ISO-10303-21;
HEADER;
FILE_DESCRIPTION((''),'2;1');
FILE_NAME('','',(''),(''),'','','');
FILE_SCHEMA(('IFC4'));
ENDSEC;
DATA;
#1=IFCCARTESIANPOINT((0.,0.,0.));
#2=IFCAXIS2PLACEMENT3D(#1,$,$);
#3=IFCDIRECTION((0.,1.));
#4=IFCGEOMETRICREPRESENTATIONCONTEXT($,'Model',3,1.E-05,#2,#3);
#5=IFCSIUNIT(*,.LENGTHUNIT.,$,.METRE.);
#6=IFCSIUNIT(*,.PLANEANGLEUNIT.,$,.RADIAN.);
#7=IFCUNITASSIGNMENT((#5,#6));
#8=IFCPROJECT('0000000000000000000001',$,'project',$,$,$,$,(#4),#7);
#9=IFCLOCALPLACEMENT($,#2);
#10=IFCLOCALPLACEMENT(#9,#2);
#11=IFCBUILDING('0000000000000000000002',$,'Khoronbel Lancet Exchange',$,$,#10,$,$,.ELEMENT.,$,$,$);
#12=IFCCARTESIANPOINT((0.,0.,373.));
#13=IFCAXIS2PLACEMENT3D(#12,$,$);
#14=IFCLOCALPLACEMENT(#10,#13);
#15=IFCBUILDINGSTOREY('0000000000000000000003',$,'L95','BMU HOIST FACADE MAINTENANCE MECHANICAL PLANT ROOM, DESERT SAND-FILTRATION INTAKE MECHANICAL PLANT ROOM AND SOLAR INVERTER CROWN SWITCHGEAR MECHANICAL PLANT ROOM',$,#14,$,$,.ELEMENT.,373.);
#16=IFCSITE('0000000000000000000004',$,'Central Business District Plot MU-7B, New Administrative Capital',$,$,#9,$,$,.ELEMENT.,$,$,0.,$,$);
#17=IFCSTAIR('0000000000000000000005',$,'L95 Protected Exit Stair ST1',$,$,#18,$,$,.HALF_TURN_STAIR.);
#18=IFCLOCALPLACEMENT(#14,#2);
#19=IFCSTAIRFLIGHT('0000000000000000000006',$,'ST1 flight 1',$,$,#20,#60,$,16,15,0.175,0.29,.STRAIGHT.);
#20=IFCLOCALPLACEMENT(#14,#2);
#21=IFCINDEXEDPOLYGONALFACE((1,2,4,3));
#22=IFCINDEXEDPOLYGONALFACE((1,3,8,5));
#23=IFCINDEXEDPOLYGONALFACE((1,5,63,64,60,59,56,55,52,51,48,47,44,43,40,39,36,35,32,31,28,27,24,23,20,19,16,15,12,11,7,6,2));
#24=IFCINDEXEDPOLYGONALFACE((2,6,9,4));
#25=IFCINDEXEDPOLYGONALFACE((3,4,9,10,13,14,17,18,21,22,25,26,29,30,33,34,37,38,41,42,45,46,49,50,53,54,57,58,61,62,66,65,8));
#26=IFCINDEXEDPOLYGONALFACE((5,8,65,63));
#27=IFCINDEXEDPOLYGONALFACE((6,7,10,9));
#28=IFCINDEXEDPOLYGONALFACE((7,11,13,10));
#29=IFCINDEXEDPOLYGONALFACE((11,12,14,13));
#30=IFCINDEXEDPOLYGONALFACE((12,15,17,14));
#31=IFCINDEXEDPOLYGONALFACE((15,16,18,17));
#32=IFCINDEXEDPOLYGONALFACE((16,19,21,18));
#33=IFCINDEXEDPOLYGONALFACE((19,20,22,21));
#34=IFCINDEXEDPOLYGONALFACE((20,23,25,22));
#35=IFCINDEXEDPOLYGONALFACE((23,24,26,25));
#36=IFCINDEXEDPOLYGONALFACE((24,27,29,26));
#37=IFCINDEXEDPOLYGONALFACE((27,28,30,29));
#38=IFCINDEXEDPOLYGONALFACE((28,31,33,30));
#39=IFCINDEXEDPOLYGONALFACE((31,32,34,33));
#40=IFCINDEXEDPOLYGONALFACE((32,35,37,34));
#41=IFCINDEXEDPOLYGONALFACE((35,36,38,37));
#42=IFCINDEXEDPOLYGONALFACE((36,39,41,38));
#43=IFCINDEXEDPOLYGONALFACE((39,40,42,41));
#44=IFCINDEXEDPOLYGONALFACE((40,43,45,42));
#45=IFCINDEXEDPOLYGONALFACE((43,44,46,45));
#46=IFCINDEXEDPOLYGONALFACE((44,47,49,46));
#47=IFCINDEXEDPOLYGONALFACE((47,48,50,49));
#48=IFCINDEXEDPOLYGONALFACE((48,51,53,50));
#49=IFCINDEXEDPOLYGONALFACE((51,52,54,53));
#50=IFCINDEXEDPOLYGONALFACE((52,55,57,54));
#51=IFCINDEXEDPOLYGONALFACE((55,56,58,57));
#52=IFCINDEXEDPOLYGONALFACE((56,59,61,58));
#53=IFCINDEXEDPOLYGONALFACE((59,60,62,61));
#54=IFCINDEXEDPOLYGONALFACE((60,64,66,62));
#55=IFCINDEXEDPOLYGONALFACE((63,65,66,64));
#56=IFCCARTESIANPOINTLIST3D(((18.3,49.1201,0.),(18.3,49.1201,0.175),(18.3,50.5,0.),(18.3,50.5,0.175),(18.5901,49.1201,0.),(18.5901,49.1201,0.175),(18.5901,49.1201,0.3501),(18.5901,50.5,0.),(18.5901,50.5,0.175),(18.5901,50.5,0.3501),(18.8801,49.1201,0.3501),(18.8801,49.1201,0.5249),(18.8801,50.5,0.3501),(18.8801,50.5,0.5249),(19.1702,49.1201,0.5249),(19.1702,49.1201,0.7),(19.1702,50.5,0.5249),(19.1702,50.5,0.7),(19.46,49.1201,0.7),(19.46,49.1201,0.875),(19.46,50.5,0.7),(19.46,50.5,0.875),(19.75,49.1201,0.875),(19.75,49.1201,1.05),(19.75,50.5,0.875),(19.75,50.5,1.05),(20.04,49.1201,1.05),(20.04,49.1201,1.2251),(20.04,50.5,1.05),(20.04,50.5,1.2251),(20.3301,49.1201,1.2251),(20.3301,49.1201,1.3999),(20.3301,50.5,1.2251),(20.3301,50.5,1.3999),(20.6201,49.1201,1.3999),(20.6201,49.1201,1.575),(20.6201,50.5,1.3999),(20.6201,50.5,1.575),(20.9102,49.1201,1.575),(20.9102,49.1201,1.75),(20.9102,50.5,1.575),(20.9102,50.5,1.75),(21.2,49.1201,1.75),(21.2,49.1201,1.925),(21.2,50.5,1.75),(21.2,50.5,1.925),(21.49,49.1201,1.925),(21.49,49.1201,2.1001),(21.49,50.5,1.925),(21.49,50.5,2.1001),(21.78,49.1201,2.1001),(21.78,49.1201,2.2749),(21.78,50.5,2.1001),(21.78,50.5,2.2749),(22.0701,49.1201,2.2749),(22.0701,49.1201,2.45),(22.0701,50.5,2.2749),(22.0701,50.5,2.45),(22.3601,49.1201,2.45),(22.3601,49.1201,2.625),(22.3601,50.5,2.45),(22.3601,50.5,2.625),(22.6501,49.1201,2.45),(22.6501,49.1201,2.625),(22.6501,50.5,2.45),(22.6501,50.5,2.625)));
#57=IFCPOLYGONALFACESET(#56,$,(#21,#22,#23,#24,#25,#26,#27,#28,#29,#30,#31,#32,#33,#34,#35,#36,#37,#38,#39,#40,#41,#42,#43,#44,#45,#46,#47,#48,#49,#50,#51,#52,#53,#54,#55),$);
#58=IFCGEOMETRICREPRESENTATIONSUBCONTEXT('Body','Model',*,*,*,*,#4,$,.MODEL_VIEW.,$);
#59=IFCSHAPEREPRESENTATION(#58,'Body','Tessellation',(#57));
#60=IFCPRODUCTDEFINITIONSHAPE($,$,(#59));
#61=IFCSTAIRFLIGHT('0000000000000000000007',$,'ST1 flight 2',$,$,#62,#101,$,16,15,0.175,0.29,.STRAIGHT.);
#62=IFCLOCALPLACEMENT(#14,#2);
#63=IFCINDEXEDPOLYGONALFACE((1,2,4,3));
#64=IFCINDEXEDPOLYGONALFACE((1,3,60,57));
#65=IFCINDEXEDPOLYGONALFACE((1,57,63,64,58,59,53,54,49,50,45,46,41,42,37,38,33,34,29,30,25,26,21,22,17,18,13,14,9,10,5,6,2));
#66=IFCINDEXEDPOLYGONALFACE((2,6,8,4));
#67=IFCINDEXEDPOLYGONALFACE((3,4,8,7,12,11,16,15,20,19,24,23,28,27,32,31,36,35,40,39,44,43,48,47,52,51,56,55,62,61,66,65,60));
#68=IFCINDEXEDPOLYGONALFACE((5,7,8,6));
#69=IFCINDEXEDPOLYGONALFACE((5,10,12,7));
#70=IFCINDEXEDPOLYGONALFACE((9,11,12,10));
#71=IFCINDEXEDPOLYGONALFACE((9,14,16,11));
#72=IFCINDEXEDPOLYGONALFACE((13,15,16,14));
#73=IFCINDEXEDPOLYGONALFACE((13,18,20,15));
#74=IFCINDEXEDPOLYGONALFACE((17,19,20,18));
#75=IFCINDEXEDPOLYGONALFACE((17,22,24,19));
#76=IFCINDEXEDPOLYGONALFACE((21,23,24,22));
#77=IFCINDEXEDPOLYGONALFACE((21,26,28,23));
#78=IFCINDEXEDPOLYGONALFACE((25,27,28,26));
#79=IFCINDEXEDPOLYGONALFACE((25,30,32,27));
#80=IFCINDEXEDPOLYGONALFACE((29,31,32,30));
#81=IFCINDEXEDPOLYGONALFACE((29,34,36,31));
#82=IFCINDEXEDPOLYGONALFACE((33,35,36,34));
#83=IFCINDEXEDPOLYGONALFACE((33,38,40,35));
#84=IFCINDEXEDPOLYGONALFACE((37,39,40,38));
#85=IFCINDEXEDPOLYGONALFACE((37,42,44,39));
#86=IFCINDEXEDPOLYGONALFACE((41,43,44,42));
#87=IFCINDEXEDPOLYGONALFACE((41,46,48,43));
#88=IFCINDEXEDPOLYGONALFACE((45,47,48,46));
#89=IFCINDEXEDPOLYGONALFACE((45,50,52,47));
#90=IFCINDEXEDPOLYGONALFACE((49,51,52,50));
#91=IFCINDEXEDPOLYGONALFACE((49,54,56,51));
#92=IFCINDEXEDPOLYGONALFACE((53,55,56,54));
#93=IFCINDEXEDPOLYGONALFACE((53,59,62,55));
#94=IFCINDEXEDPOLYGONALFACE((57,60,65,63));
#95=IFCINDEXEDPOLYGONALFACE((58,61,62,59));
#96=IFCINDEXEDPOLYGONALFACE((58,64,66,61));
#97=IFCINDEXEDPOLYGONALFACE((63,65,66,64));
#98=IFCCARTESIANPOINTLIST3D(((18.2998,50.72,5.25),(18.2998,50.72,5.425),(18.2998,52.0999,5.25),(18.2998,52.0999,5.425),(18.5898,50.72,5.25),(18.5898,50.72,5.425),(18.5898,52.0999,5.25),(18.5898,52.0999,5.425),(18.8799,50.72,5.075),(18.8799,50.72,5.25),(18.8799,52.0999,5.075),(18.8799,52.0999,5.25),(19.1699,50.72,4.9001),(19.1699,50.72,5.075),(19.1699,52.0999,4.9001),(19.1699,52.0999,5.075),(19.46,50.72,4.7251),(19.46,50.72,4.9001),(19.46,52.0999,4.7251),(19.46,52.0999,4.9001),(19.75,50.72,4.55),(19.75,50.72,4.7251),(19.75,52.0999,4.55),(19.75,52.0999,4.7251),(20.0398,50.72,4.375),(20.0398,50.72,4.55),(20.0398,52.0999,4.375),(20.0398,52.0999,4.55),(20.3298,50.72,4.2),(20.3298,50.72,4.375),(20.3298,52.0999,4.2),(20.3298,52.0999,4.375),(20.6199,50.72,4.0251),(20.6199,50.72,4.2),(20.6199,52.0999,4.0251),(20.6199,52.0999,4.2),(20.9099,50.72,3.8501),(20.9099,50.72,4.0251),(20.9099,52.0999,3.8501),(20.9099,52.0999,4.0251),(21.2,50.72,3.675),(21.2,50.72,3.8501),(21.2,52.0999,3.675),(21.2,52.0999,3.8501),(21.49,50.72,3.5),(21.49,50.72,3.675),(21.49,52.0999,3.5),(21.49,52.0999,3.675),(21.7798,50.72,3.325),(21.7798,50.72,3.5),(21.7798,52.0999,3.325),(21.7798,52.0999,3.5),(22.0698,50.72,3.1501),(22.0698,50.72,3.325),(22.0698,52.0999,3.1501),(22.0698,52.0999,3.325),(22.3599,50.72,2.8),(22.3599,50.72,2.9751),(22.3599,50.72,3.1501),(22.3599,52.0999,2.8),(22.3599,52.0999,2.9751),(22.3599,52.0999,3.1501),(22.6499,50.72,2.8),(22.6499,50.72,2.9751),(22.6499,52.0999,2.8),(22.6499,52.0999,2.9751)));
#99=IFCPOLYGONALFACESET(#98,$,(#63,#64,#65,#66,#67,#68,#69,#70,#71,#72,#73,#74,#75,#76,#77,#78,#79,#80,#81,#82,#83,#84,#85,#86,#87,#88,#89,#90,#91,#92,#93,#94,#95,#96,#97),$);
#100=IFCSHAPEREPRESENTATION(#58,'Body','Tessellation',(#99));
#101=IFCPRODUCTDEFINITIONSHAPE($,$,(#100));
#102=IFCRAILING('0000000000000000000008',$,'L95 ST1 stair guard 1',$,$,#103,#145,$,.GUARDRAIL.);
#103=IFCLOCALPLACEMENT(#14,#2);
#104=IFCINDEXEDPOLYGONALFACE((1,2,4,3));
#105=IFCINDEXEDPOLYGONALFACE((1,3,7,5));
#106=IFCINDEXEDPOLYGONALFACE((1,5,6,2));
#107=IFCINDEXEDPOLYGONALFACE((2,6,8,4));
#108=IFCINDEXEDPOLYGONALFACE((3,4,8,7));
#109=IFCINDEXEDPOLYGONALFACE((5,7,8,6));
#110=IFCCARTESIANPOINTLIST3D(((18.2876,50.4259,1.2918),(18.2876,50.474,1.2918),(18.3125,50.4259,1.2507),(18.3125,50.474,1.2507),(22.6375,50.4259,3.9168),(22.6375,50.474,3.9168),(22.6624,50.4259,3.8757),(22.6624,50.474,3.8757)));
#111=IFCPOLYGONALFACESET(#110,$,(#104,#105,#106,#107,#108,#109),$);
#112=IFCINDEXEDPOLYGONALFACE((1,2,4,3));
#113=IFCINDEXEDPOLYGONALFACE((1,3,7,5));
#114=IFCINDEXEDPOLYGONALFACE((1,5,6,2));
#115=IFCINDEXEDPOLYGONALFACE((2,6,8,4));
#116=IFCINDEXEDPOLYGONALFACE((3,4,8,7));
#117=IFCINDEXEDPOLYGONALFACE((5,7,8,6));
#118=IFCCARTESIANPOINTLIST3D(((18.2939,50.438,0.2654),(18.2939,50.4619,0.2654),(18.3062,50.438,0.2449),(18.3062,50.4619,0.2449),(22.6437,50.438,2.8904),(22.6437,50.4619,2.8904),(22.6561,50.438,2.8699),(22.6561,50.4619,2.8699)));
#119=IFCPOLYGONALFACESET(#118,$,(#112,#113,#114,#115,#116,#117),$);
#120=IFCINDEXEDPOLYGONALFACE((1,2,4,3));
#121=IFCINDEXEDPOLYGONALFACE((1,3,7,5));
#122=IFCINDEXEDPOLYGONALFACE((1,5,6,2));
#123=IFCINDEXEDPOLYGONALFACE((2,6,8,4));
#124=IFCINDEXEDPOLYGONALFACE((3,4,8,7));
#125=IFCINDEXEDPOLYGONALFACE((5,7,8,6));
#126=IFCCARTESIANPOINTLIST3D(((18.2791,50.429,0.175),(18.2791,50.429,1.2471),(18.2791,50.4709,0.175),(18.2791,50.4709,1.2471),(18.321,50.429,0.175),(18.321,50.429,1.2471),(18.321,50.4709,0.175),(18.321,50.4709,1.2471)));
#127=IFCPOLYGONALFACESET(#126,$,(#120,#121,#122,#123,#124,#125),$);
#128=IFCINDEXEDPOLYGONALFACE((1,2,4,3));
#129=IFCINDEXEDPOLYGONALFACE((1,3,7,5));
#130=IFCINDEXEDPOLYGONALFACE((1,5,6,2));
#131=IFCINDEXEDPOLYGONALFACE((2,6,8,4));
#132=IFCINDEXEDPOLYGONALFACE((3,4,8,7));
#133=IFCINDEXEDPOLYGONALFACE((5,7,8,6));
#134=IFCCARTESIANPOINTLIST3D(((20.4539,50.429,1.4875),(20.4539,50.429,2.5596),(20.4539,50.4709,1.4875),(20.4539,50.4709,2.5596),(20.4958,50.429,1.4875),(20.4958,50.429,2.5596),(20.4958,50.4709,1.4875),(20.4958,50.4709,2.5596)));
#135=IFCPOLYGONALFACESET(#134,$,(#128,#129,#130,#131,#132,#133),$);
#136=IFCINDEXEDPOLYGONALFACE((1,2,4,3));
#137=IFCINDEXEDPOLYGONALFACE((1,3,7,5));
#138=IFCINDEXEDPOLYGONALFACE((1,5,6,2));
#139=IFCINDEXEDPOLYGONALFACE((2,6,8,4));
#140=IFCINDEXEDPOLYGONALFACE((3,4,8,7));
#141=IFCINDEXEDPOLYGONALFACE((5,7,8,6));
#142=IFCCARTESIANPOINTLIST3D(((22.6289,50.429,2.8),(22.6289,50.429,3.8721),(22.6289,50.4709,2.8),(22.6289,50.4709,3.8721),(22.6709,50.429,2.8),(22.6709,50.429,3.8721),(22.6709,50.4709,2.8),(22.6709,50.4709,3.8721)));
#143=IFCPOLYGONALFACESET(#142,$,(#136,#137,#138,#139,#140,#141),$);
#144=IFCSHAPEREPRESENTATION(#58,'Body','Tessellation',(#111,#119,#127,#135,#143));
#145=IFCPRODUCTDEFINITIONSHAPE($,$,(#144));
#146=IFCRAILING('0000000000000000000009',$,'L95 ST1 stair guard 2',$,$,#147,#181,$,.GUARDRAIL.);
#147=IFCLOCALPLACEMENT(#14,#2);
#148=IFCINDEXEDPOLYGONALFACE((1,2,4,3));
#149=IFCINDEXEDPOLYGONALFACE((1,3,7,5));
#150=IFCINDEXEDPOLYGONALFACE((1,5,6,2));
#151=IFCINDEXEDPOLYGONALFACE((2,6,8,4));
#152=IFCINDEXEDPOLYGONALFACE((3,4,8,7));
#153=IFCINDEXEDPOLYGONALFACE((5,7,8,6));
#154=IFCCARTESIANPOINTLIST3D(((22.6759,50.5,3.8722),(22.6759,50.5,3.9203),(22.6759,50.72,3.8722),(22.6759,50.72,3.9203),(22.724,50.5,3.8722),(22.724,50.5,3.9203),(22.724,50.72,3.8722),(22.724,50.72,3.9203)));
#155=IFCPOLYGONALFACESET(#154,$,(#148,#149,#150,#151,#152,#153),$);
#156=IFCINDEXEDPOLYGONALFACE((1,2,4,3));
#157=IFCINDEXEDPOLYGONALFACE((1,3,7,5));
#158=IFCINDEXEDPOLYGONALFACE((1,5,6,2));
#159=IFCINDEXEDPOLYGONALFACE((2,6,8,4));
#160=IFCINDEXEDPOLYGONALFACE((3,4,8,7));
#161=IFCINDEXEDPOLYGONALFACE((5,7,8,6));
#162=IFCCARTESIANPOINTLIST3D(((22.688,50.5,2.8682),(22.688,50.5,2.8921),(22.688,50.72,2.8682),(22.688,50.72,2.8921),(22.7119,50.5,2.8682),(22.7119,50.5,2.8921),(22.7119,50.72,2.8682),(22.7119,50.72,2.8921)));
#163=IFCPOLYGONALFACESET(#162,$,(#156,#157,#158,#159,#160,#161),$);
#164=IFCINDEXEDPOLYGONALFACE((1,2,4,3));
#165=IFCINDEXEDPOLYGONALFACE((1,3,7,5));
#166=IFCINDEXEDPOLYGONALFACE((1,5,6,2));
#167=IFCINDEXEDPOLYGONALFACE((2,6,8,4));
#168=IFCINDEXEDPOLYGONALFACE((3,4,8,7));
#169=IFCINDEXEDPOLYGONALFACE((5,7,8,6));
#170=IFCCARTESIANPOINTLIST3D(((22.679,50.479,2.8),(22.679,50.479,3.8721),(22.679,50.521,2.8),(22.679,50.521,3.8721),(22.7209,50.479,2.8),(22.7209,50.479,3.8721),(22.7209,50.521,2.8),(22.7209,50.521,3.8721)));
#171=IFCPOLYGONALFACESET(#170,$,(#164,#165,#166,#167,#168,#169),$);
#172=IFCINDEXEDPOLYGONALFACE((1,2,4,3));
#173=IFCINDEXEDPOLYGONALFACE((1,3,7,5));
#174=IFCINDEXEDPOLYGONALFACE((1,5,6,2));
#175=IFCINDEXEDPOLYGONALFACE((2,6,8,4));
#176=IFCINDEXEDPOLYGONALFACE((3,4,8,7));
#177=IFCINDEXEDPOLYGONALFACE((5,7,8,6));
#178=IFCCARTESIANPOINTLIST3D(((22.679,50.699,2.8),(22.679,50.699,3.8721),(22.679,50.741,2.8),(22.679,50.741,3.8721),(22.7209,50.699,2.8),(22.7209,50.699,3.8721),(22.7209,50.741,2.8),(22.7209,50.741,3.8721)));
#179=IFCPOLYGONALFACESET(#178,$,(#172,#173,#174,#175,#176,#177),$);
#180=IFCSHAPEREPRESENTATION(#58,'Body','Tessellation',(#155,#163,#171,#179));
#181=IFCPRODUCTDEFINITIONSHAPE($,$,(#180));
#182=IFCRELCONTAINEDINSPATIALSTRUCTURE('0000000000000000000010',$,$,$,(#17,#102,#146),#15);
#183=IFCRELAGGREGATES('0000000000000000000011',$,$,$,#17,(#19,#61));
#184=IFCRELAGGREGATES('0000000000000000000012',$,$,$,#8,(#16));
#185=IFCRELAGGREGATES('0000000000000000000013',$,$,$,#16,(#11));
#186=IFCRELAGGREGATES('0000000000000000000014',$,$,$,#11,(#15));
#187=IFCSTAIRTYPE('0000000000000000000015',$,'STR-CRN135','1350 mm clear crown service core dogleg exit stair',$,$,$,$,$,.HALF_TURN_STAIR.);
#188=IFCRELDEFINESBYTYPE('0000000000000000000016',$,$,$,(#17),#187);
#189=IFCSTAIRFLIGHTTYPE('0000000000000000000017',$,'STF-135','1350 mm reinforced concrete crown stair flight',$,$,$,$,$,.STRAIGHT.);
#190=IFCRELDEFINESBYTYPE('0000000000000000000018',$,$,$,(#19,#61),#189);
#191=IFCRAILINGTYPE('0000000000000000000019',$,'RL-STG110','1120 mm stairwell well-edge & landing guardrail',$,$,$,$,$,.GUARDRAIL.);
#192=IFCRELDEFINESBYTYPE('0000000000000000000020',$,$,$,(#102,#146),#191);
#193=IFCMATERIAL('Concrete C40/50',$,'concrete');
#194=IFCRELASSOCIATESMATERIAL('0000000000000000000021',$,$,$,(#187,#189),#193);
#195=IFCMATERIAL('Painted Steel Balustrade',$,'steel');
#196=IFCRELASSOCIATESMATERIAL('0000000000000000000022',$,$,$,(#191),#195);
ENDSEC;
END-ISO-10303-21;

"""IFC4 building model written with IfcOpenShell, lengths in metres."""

from ifc_helpers import new_model, si_unit, direction, frame, origin, origin_2d, place, context, subcontext, project, spatial, polyline, rectangle, outline, extrude, material, type_object, element, aggregate, save


model = new_model("IFC4")

# Units and contexts
model_context = context("Model", 3, precision=1e-05, world=origin(), true_north=direction((0.0, 1.0)))
body_context = subcontext(model_context, "Body", "Model", "MODEL_VIEW")
ifc_project = project(units=[si_unit("LENGTHUNIT", "METRE"), si_unit("PLANEANGLEUNIT", "RADIAN")], contexts=[model_context])

# Site, building, storey
site_placement = place(None, origin())
site = spatial("IfcSite", under=ifc_project, at=site_placement, Name="Central Business District Plot MU-7B, New Administrative Capital", CompositionType="ELEMENT", RefElevation=0.0)
building_placement = place(site_placement, origin())
building = spatial("IfcBuilding", under=site, at=building_placement, Name="Khoronbel Lancet Exchange", CompositionType="ELEMENT")
storey_placement = place(building_placement, frame((0.0, 0.0, 373.0)))
storey = spatial("IfcBuildingStorey", under=building, at=storey_placement, Name="L95", Description="BMU HOIST FACADE MAINTENANCE MECHANICAL PLANT ROOM, DESERT SAND-FILTRATION INTAKE MECHANICAL PLANT ROOM AND SOLAR INVERTER CROWN SWITCHGEAR MECHANICAL PLANT ROOM", CompositionType="ELEMENT", Elevation=373.0)

# Stair, stair flights
ifc_material_1 = material(Name="Concrete C40/50", Category="concrete")
stair_type = type_object("IfcStairType", Name="STR-CRN135", Description="1350 mm clear crown service core dogleg exit stair", PredefinedType="HALF_TURN_STAIR", material=ifc_material_1)
stair_placement = place(storey_placement, origin())
stair = element("IfcStair", 1, at=stair_placement, inside=storey, type_object=stair_type, Name="L95 Protected Exit Stair ST1", PredefinedType="HALF_TURN_STAIR")
stair_flight_type = type_object("IfcStairFlightType", Name="STF-135", Description="1350 mm reinforced concrete crown stair flight", PredefinedType="STRAIGHT", material=ifc_material_1)
stair_flight_1_placement = place(storey_placement, frame((18.3, 49.8101, 0.0), z_axis=(0.0, 0.0, 1.0), x_axis=(1.0, 0.0, 0.0)))
stair_flight_1 = element("IfcStairFlight", 2, at=stair_flight_1_placement, type_object=stair_flight_type, Name="ST1 flight 1", NumberOfRisers=16, NumberOfTreads=15, PredefinedType="STRAIGHT", RiserHeight=0.175, TreadLength=0.29, context=body_context, shape_type="SweptSolid", body=[
    extrude(outline(polyline([(0.0, 0.0), (0.0, 0.175), (0.29, 0.175), (0.29, 0.3501), (0.5801, 0.3501), (0.5801, 0.5249), (0.8701, 0.5249), (0.8701, 0.7), (1.1599, 0.7), (1.1599, 0.875), (1.45, 0.875), (1.45, 1.05), (1.74, 1.05), (1.74, 1.2251), (2.03, 1.2251), (2.03, 1.3999), (2.3201, 1.3999), (2.3201, 1.575), (2.6101, 1.575), (2.6101, 1.75), (2.8999, 1.75), (2.8999, 1.925), (3.1899, 1.925), (3.1899, 2.1001), (3.48, 2.1001), (3.48, 2.2749), (3.77, 2.2749), (3.77, 2.45), (4.0601, 2.45), (4.0601, 2.625), (4.3501, 2.625), (4.3501, 2.8), (4.3501, 2.45), (0.29, 0.0), (0.0, 0.0)])), frame((0.0, 0.6899, 0.0), z_axis=(0.0, -1.0, 0.0), x_axis=(1.0, 0.0, 0.0)), (0.0, 0.0, 1.0), 1.3799),
])
stair_flight_2_placement = place(storey_placement, frame((22.6499, 51.4099, 2.8), z_axis=(0.0, 0.0, 1.0), x_axis=(-1.0, 0.0, 0.0)))
stair_flight_2 = element("IfcStairFlight", 3, at=stair_flight_2_placement, type_object=stair_flight_type, Name="ST1 flight 2", NumberOfRisers=16, NumberOfTreads=15, PredefinedType="STRAIGHT", RiserHeight=0.175, TreadLength=0.29, context=body_context, shape_type="SweptSolid", body=[
    extrude(outline(polyline([(0.0, 0.0), (0.0, 0.175), (0.29, 0.175), (0.29, 0.3501), (0.5801, 0.3501), (0.5801, 0.5249), (0.8701, 0.5249), (0.8701, 0.7), (1.1599, 0.7), (1.1599, 0.875), (1.45, 0.875), (1.45, 1.05), (1.74, 1.05), (1.74, 1.2251), (2.03, 1.2251), (2.03, 1.3999), (2.3201, 1.3999), (2.3201, 1.575), (2.6101, 1.575), (2.6101, 1.75), (2.8999, 1.75), (2.8999, 1.925), (3.1899, 1.925), (3.1899, 2.1001), (3.48, 2.1001), (3.48, 2.2749), (3.77, 2.2749), (3.77, 2.45), (4.0601, 2.45), (4.0601, 2.625), (4.3501, 2.625), (4.3501, 2.8), (4.3501, 2.45), (0.29, 0.0), (0.0, 0.0)])), frame((0.0, 0.6899, 0.0), z_axis=(0.0, -1.0, 0.0), x_axis=(1.0, 0.0, 0.0)), (0.0, 0.0, 1.0), 1.3799),
])
aggregate(stair, [stair_flight_1, stair_flight_2])

# Railings
ifc_material_2 = material(Name="Painted Steel Balustrade", Category="steel")
railing_type_1 = type_object("IfcRailingType", Name="RL-STG110", Description="1120 mm stairwell well-edge & landing guardrail", PredefinedType="GUARDRAIL", material=ifc_material_2)
railing_1_placement = place(storey_placement, frame((18.3, 50.45, 0.175)))
element("IfcRailing", 4, at=railing_1_placement, inside=storey, type_object=railing_type_1, Name="L95 ST1 stair guard 1", PredefinedType="GUARDRAIL", context=body_context, shape_type="SweptSolid", body=[
    extrude(rectangle(XDim=0.0481, YDim=0.0481, at=origin_2d()), frame((0.0, 0.0, 1.0962), z_axis=(0.85618, 0.0, 0.516678), x_axis=(0.0, 1.0, 0.0)), (0.0, 0.0, 1.0), 5.0806),
    extrude(rectangle(XDim=0.0239, YDim=0.0239, at=origin_2d()), frame((0.0, 0.0, 0.0801), z_axis=(0.85618, 0.0, 0.516678), x_axis=(0.0, 1.0, 0.0)), (0.0, 0.0, 1.0), 5.0806),
    extrude(rectangle(XDim=0.042, YDim=0.042, at=origin_2d()), origin(), (0.0, 0.0, 1.0), 1.072),
    extrude(rectangle(XDim=0.042, YDim=0.042, at=origin_2d()), frame((2.1748, 0.0, 1.3125)), (0.0, 0.0, 1.0), 1.072),
    extrude(rectangle(XDim=0.042, YDim=0.042, at=origin_2d()), frame((4.3499, 0.0, 2.625)), (0.0, 0.0, 1.0), 1.072),
])
railing_2_placement = place(storey_placement, frame((22.7, 50.5, 2.8)))
element("IfcRailing", 5, at=railing_2_placement, inside=storey, type_object=railing_type_1, Name="L95 ST1 stair guard 2", PredefinedType="GUARDRAIL", context=body_context, shape_type="SweptSolid", body=[
    extrude(rectangle(XDim=0.0481, YDim=0.0481, at=origin_2d()), frame((0.0, 0.0, 1.0962), z_axis=(0.0, 1.0, 0.0), x_axis=(-1.0, 0.0, 0.0)), (0.0, 0.0, 1.0), 0.22),
    extrude(rectangle(XDim=0.0239, YDim=0.0239, at=origin_2d()), frame((0.0, 0.0, 0.0801), z_axis=(0.0, 1.0, 0.0), x_axis=(-1.0, 0.0, 0.0)), (0.0, 0.0, 1.0), 0.22),
    extrude(rectangle(XDim=0.042, YDim=0.042, at=origin_2d()), origin(), (0.0, 0.0, 1.0), 1.072),
    extrude(rectangle(XDim=0.042, YDim=0.042, at=origin_2d()), frame((0.0, 0.22, 0.0)), (0.0, 0.0, 1.0), 1.072),
])

save(model, "model.ifc")
